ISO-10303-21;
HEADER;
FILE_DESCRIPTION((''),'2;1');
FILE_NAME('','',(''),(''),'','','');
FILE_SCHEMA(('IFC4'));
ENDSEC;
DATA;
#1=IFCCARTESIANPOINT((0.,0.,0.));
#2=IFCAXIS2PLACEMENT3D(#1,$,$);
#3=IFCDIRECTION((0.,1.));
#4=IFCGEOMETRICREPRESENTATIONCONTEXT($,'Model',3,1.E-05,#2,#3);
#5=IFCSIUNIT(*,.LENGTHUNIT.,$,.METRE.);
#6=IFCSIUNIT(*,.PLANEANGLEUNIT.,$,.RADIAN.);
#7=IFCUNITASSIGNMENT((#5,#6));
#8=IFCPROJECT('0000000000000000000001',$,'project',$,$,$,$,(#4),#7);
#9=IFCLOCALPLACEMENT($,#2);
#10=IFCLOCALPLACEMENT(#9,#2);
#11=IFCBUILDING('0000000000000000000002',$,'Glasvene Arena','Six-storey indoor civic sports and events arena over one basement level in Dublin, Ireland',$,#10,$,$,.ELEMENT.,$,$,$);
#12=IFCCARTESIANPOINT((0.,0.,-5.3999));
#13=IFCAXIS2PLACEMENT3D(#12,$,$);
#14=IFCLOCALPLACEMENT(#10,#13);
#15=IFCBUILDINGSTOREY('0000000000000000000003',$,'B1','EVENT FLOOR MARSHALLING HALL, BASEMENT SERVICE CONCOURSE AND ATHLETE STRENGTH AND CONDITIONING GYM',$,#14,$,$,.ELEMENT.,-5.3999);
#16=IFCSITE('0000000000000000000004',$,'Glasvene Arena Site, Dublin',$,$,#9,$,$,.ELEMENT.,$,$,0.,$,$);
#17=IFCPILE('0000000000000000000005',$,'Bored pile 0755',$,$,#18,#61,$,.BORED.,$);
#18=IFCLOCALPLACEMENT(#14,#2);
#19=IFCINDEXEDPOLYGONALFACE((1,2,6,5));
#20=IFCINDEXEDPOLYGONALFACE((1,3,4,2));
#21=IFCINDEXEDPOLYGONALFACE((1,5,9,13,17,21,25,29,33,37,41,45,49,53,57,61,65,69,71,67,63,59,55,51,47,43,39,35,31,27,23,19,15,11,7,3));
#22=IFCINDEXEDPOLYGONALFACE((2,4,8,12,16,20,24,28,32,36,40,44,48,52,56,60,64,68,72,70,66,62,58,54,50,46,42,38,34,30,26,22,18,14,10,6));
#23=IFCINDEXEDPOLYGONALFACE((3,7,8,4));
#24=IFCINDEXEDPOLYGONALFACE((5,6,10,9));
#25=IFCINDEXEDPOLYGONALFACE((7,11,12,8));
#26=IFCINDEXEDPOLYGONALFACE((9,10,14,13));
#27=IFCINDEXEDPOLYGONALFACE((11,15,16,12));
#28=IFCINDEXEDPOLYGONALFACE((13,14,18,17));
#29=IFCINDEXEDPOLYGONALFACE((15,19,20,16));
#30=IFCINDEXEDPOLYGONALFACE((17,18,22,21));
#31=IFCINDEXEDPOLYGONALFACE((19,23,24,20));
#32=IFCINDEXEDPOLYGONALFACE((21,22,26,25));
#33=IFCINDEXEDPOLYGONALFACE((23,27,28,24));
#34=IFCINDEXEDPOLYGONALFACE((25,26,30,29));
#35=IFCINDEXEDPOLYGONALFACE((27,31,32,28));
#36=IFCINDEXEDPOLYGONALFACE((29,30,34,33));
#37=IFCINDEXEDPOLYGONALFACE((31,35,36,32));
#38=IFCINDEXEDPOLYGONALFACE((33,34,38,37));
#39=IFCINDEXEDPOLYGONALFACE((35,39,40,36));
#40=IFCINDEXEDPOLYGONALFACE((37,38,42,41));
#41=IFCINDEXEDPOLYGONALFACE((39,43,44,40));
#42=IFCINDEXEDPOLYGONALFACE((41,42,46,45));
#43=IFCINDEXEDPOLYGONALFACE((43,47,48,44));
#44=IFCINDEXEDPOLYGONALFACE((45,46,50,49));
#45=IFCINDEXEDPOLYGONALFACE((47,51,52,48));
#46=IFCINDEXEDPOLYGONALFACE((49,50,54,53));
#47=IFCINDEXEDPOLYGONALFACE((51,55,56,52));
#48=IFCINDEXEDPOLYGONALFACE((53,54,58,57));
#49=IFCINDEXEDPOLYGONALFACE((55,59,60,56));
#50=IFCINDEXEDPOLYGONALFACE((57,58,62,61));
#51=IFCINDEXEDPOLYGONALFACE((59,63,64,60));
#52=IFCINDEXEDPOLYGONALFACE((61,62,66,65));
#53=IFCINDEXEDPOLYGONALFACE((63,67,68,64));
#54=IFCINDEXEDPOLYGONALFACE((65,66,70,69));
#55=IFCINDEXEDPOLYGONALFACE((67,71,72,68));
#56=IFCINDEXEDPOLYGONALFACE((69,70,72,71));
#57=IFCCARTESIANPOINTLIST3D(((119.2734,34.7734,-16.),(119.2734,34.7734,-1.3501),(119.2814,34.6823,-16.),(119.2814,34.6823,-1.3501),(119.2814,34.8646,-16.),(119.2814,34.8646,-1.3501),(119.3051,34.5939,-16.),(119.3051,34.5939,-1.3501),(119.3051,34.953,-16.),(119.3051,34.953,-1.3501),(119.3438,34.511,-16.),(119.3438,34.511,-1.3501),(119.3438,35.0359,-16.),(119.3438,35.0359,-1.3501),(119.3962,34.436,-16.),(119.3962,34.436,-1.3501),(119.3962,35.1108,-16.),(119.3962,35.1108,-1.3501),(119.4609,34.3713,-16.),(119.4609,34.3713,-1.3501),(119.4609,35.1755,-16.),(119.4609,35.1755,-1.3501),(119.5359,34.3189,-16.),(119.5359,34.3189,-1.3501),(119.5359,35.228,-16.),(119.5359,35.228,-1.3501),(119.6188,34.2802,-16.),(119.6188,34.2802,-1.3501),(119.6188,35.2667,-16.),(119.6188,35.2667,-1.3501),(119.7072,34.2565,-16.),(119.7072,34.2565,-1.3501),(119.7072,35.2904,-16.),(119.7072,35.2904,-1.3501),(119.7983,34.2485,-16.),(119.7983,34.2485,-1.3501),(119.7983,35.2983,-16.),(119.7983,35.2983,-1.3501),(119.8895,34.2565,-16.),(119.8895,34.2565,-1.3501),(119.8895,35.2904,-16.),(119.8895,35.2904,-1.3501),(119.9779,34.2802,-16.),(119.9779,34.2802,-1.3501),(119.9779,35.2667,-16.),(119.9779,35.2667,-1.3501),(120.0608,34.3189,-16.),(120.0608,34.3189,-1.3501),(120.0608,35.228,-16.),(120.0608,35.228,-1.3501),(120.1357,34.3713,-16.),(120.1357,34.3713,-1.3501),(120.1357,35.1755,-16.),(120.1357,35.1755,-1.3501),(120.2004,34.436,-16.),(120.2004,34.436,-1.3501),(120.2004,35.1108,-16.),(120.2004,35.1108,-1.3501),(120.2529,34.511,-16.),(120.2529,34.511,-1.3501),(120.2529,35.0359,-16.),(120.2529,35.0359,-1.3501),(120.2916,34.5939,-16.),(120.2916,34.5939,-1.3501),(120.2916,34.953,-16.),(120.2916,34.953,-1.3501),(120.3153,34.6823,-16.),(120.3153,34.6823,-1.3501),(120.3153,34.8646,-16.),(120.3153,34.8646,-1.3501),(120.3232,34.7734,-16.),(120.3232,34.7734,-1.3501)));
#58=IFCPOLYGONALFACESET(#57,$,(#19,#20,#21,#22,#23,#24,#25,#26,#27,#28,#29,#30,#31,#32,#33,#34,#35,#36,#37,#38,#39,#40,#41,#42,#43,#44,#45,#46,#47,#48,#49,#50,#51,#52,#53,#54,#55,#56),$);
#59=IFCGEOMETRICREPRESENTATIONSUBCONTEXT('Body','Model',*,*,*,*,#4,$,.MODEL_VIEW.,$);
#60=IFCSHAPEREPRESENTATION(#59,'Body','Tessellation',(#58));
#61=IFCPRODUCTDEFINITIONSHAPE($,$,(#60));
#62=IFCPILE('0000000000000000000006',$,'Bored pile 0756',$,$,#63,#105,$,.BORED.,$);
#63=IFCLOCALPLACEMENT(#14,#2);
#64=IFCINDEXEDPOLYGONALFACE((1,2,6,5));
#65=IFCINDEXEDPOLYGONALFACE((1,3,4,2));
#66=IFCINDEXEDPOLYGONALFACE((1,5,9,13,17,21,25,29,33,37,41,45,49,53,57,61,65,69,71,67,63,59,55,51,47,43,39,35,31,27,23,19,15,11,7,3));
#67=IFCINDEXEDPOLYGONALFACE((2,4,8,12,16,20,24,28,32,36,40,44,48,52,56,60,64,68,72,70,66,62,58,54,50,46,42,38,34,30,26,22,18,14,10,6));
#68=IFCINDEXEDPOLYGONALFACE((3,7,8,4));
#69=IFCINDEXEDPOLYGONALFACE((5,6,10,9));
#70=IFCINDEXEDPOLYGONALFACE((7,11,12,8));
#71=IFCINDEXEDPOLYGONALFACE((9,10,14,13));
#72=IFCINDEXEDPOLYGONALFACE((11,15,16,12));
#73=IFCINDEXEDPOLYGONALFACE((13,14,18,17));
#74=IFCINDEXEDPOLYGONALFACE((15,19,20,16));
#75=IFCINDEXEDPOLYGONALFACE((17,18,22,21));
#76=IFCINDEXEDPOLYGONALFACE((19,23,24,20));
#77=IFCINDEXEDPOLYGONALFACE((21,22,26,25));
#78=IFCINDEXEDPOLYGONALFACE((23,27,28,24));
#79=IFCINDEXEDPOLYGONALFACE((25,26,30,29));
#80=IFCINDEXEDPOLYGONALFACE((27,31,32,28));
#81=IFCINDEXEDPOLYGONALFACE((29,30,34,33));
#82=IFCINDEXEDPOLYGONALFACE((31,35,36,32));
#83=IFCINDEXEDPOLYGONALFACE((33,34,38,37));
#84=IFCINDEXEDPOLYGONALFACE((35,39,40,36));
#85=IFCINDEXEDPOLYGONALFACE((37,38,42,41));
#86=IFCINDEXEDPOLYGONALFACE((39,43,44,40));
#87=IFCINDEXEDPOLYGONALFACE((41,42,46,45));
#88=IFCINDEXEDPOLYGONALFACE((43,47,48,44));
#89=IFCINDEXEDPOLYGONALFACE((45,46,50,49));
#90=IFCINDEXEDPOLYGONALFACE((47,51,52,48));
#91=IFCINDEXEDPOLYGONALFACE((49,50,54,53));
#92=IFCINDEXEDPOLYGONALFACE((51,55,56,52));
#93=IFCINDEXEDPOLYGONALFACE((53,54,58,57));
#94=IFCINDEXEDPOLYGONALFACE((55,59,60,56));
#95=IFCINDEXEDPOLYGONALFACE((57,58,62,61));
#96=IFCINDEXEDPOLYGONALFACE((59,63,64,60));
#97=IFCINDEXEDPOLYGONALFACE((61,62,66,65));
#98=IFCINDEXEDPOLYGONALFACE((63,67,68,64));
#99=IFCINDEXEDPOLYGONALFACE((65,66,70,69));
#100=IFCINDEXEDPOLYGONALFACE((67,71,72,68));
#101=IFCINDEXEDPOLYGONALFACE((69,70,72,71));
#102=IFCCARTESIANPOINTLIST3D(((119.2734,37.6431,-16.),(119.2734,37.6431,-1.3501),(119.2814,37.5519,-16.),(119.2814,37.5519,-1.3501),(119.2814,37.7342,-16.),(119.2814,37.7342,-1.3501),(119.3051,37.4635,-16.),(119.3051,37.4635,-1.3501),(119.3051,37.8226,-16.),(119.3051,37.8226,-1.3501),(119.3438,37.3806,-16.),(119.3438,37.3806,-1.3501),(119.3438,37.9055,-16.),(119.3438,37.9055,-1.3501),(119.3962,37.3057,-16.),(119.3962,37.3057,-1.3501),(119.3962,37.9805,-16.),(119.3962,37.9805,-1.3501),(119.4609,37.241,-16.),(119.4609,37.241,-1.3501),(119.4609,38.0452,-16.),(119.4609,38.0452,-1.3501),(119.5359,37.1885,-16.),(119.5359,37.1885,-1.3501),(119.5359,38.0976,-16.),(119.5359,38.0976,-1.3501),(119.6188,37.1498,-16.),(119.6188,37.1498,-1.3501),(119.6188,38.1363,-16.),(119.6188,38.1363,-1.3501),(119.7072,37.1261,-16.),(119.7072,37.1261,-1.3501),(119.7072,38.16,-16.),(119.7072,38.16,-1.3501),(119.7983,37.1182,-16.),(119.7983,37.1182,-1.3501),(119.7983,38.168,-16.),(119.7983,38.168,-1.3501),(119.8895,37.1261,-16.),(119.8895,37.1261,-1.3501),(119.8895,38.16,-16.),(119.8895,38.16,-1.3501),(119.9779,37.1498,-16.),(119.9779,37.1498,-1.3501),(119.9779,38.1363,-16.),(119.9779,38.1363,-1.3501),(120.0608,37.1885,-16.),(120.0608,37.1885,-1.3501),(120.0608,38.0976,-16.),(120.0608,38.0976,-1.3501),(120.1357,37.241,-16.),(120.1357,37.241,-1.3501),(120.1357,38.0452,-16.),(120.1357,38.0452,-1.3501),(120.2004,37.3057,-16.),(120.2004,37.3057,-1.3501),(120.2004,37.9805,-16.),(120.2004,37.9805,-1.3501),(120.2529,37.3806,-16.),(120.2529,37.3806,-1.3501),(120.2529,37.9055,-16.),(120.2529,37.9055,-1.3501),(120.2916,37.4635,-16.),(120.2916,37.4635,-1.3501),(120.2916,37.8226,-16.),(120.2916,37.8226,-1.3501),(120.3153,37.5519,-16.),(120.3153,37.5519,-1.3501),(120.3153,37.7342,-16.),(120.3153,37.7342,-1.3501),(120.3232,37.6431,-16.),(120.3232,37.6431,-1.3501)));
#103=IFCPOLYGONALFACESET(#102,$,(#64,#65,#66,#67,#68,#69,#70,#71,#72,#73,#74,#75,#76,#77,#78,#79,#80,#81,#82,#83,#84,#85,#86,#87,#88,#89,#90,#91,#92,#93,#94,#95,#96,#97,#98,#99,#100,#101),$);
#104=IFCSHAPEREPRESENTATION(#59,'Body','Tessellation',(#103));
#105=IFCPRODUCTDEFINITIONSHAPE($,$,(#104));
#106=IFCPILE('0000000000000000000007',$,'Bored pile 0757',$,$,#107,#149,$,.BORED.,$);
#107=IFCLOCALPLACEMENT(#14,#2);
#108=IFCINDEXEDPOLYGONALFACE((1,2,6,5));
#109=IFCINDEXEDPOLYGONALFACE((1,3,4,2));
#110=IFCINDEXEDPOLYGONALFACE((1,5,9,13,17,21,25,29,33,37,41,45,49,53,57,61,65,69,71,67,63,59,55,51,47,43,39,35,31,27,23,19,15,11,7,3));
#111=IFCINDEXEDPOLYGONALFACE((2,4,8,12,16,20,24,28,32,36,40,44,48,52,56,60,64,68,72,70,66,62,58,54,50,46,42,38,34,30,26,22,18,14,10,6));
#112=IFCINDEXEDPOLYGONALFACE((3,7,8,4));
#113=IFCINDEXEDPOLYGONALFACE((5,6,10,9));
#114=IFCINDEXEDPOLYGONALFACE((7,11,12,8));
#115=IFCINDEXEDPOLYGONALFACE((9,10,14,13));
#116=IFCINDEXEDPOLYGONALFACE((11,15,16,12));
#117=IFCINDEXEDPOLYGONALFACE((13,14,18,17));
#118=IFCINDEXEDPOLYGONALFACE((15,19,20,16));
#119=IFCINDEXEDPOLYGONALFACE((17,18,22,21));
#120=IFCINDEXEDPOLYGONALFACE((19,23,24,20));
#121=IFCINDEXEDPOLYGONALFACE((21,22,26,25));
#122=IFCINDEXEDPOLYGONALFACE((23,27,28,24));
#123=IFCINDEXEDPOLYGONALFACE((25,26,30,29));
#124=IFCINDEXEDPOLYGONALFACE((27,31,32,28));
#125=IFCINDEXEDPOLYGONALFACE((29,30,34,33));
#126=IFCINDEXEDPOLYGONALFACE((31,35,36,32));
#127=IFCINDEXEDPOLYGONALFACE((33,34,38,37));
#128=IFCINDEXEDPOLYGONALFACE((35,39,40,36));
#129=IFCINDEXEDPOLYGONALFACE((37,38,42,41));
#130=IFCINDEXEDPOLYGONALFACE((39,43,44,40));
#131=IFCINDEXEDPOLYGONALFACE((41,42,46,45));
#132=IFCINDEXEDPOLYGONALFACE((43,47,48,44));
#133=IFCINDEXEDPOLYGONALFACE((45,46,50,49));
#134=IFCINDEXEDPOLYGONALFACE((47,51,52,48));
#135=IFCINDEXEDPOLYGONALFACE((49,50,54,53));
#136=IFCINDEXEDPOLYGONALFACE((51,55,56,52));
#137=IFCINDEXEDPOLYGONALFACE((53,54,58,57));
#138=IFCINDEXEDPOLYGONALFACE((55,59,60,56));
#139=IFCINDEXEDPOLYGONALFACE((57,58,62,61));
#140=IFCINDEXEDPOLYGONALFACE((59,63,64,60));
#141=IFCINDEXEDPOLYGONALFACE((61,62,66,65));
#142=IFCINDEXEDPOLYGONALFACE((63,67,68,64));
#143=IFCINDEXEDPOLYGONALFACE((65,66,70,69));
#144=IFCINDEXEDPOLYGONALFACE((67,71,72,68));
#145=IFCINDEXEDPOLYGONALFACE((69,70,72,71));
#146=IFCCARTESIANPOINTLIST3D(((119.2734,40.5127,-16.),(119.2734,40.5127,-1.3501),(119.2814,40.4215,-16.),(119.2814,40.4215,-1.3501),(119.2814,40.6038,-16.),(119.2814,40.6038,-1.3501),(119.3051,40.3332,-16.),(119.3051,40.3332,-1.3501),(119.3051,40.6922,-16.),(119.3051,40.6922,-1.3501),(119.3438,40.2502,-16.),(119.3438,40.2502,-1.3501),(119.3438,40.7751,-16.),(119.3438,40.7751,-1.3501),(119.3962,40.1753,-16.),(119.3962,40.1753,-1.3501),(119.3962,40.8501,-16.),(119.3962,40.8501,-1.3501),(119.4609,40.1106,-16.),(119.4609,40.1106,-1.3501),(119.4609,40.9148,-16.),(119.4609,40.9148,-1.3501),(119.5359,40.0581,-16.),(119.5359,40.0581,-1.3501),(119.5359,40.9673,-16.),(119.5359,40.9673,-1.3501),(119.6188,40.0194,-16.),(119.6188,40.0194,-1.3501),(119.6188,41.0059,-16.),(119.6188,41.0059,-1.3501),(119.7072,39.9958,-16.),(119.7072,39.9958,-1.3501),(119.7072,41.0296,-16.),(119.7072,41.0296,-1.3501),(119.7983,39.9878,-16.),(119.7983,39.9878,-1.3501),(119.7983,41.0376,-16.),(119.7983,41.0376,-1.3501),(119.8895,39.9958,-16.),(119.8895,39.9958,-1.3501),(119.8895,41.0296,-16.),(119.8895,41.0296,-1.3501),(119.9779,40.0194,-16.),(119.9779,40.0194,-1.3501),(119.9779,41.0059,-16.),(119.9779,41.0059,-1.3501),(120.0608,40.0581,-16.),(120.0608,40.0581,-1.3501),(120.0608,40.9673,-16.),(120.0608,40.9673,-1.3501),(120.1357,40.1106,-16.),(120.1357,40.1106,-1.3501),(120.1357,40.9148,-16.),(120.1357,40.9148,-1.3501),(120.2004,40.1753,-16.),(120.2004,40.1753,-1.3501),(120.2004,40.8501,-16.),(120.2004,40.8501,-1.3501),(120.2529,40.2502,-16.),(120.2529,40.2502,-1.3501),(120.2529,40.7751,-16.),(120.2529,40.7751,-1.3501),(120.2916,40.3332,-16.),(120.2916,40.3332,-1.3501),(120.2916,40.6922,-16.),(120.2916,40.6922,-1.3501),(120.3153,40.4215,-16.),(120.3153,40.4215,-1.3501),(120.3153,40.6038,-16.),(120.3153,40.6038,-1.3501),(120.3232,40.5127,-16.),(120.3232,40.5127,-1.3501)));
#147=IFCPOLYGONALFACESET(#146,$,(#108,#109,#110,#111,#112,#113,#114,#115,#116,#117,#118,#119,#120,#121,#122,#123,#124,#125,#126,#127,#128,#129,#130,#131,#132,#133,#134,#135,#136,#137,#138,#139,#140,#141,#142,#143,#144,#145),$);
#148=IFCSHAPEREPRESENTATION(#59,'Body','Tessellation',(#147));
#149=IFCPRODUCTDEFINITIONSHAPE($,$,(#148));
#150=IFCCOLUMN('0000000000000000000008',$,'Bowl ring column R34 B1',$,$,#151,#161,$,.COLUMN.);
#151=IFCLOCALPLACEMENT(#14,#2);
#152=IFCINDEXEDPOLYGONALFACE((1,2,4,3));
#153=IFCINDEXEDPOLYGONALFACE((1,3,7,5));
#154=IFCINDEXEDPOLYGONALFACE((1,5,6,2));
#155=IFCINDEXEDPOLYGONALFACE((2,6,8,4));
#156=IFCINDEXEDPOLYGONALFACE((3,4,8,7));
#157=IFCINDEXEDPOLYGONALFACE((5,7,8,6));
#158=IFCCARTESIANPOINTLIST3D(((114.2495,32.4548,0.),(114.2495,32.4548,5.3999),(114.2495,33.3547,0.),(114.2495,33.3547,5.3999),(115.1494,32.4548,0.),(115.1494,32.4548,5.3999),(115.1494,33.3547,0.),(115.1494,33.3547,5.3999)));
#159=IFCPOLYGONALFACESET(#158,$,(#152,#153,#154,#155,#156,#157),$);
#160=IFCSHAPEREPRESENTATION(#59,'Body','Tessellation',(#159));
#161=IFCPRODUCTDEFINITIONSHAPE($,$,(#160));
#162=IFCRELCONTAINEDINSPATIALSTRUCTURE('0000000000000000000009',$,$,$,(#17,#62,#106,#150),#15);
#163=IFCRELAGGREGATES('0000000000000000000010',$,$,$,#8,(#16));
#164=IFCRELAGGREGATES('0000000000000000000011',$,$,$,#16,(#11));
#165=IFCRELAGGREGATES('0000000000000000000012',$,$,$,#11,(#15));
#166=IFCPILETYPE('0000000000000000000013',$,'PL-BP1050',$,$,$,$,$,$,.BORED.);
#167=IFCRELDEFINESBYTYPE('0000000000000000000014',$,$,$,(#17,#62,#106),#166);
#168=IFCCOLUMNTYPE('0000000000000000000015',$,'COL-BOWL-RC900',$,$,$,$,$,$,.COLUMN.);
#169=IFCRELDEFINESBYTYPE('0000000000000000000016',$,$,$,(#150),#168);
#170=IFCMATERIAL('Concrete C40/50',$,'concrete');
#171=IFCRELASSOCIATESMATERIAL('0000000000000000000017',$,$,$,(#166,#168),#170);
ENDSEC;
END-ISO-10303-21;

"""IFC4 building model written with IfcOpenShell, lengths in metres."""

from ifc_helpers import new_model, si_unit, direction, frame, origin, origin_2d, place, context, subcontext, project, spatial, rectangle, circle, extrude, material, material_profile, profile_set, type_object, element, save


model = new_model("IFC4")

# Units and contexts
model_context = context("Model", 3, precision=1e-05, world=origin(), true_north=direction((0.0, 1.0)))
body_context = subcontext(model_context, "Body", "Model", "MODEL_VIEW")
ifc_project = project(units=[si_unit("LENGTHUNIT", "METRE"), si_unit("PLANEANGLEUNIT", "RADIAN")], contexts=[model_context])

# Site, building, storey
site_placement = place(None, origin())
site = spatial("IfcSite", under=ifc_project, at=site_placement, Name="Glasvene Arena Site, Dublin", CompositionType="ELEMENT", RefElevation=0.0)
building_placement = place(site_placement, origin())
building = spatial("IfcBuilding", under=site, at=building_placement, Name="Glasvene Arena", Description="Six-storey indoor civic sports and events arena over one basement level in Dublin, Ireland", CompositionType="ELEMENT")
storey_placement = place(building_placement, frame((0.0, 0.0, -5.3999)))
storey = spatial("IfcBuildingStorey", under=building, at=storey_placement, Name="B1", Description="EVENT FLOOR MARSHALLING HALL, BASEMENT SERVICE CONCOURSE AND ATHLETE STRENGTH AND CONDITIONING GYM", CompositionType="ELEMENT", Elevation=-5.3999)

# Piles
ifc_material_1 = material(Name="Concrete C40/50", Category="concrete")
ifc_material_profile_1 = material_profile(ifc_material_1, circle(Radius=0.5249, at=origin_2d()), Name="BORED PILE 1050")
ifc_profile_set_1 = profile_set([ifc_material_profile_1], Name="Concrete C40/50")
pile_type = type_object("IfcPileType", Name="PL-BP1050", PredefinedType="BORED", material=ifc_profile_set_1)
for number, where, z_axis, x_axis, name in (
    (1, (119.7983, 34.7734, -1.3501), (0.0, 0.0, -1.0), (1.0, 0.0, 0.0), "Bored pile 0755"),
    (2, (119.7983, 37.6431, -1.3501), (0.0, 0.0, -1.0), (1.0, 0.0, 0.0), "Bored pile 0756"),
    (3, (119.7983, 40.5127, -1.3501), (0.0, 0.0, -1.0), (1.0, 0.0, 0.0), "Bored pile 0757"),
):
    element("IfcPile", number, at=place(storey_placement, frame(where, z_axis=z_axis, x_axis=x_axis)), inside=storey, type_object=pile_type, Name=name, PredefinedType="BORED", context=body_context, shape_type="SweptSolid", body=[
        extrude(circle(Radius=0.5249, at=origin_2d()), origin(), (0.0, 0.0, 1.0), 14.6499),
    ])

# Column
ifc_material_profile_2 = material_profile(ifc_material_1, rectangle(XDim=0.8999, YDim=0.8999, at=origin_2d()), Name="RC 900x900")
ifc_profile_set_2 = profile_set([ifc_material_profile_2], Name="Concrete C40/50")
column_type_1 = type_object("IfcColumnType", Name="COL-BOWL-RC900", PredefinedType="COLUMN", material=ifc_profile_set_2)
column_placement = place(storey_placement, frame((114.6995, 32.9048, 0.0), z_axis=(0.0, 0.0, 1.0), x_axis=(1.0, 0.0, 0.0)))
element("IfcColumn", 4, at=column_placement, inside=storey, type_object=column_type_1, Name="Bowl ring column R34 B1", PredefinedType="COLUMN", context=body_context, shape_type="SweptSolid", body=[
    extrude(rectangle(XDim=0.8999, YDim=0.8999, at=origin_2d()), origin(), (0.0, 0.0, 1.0), 5.3999),
])

save(model, "model.ifc")
